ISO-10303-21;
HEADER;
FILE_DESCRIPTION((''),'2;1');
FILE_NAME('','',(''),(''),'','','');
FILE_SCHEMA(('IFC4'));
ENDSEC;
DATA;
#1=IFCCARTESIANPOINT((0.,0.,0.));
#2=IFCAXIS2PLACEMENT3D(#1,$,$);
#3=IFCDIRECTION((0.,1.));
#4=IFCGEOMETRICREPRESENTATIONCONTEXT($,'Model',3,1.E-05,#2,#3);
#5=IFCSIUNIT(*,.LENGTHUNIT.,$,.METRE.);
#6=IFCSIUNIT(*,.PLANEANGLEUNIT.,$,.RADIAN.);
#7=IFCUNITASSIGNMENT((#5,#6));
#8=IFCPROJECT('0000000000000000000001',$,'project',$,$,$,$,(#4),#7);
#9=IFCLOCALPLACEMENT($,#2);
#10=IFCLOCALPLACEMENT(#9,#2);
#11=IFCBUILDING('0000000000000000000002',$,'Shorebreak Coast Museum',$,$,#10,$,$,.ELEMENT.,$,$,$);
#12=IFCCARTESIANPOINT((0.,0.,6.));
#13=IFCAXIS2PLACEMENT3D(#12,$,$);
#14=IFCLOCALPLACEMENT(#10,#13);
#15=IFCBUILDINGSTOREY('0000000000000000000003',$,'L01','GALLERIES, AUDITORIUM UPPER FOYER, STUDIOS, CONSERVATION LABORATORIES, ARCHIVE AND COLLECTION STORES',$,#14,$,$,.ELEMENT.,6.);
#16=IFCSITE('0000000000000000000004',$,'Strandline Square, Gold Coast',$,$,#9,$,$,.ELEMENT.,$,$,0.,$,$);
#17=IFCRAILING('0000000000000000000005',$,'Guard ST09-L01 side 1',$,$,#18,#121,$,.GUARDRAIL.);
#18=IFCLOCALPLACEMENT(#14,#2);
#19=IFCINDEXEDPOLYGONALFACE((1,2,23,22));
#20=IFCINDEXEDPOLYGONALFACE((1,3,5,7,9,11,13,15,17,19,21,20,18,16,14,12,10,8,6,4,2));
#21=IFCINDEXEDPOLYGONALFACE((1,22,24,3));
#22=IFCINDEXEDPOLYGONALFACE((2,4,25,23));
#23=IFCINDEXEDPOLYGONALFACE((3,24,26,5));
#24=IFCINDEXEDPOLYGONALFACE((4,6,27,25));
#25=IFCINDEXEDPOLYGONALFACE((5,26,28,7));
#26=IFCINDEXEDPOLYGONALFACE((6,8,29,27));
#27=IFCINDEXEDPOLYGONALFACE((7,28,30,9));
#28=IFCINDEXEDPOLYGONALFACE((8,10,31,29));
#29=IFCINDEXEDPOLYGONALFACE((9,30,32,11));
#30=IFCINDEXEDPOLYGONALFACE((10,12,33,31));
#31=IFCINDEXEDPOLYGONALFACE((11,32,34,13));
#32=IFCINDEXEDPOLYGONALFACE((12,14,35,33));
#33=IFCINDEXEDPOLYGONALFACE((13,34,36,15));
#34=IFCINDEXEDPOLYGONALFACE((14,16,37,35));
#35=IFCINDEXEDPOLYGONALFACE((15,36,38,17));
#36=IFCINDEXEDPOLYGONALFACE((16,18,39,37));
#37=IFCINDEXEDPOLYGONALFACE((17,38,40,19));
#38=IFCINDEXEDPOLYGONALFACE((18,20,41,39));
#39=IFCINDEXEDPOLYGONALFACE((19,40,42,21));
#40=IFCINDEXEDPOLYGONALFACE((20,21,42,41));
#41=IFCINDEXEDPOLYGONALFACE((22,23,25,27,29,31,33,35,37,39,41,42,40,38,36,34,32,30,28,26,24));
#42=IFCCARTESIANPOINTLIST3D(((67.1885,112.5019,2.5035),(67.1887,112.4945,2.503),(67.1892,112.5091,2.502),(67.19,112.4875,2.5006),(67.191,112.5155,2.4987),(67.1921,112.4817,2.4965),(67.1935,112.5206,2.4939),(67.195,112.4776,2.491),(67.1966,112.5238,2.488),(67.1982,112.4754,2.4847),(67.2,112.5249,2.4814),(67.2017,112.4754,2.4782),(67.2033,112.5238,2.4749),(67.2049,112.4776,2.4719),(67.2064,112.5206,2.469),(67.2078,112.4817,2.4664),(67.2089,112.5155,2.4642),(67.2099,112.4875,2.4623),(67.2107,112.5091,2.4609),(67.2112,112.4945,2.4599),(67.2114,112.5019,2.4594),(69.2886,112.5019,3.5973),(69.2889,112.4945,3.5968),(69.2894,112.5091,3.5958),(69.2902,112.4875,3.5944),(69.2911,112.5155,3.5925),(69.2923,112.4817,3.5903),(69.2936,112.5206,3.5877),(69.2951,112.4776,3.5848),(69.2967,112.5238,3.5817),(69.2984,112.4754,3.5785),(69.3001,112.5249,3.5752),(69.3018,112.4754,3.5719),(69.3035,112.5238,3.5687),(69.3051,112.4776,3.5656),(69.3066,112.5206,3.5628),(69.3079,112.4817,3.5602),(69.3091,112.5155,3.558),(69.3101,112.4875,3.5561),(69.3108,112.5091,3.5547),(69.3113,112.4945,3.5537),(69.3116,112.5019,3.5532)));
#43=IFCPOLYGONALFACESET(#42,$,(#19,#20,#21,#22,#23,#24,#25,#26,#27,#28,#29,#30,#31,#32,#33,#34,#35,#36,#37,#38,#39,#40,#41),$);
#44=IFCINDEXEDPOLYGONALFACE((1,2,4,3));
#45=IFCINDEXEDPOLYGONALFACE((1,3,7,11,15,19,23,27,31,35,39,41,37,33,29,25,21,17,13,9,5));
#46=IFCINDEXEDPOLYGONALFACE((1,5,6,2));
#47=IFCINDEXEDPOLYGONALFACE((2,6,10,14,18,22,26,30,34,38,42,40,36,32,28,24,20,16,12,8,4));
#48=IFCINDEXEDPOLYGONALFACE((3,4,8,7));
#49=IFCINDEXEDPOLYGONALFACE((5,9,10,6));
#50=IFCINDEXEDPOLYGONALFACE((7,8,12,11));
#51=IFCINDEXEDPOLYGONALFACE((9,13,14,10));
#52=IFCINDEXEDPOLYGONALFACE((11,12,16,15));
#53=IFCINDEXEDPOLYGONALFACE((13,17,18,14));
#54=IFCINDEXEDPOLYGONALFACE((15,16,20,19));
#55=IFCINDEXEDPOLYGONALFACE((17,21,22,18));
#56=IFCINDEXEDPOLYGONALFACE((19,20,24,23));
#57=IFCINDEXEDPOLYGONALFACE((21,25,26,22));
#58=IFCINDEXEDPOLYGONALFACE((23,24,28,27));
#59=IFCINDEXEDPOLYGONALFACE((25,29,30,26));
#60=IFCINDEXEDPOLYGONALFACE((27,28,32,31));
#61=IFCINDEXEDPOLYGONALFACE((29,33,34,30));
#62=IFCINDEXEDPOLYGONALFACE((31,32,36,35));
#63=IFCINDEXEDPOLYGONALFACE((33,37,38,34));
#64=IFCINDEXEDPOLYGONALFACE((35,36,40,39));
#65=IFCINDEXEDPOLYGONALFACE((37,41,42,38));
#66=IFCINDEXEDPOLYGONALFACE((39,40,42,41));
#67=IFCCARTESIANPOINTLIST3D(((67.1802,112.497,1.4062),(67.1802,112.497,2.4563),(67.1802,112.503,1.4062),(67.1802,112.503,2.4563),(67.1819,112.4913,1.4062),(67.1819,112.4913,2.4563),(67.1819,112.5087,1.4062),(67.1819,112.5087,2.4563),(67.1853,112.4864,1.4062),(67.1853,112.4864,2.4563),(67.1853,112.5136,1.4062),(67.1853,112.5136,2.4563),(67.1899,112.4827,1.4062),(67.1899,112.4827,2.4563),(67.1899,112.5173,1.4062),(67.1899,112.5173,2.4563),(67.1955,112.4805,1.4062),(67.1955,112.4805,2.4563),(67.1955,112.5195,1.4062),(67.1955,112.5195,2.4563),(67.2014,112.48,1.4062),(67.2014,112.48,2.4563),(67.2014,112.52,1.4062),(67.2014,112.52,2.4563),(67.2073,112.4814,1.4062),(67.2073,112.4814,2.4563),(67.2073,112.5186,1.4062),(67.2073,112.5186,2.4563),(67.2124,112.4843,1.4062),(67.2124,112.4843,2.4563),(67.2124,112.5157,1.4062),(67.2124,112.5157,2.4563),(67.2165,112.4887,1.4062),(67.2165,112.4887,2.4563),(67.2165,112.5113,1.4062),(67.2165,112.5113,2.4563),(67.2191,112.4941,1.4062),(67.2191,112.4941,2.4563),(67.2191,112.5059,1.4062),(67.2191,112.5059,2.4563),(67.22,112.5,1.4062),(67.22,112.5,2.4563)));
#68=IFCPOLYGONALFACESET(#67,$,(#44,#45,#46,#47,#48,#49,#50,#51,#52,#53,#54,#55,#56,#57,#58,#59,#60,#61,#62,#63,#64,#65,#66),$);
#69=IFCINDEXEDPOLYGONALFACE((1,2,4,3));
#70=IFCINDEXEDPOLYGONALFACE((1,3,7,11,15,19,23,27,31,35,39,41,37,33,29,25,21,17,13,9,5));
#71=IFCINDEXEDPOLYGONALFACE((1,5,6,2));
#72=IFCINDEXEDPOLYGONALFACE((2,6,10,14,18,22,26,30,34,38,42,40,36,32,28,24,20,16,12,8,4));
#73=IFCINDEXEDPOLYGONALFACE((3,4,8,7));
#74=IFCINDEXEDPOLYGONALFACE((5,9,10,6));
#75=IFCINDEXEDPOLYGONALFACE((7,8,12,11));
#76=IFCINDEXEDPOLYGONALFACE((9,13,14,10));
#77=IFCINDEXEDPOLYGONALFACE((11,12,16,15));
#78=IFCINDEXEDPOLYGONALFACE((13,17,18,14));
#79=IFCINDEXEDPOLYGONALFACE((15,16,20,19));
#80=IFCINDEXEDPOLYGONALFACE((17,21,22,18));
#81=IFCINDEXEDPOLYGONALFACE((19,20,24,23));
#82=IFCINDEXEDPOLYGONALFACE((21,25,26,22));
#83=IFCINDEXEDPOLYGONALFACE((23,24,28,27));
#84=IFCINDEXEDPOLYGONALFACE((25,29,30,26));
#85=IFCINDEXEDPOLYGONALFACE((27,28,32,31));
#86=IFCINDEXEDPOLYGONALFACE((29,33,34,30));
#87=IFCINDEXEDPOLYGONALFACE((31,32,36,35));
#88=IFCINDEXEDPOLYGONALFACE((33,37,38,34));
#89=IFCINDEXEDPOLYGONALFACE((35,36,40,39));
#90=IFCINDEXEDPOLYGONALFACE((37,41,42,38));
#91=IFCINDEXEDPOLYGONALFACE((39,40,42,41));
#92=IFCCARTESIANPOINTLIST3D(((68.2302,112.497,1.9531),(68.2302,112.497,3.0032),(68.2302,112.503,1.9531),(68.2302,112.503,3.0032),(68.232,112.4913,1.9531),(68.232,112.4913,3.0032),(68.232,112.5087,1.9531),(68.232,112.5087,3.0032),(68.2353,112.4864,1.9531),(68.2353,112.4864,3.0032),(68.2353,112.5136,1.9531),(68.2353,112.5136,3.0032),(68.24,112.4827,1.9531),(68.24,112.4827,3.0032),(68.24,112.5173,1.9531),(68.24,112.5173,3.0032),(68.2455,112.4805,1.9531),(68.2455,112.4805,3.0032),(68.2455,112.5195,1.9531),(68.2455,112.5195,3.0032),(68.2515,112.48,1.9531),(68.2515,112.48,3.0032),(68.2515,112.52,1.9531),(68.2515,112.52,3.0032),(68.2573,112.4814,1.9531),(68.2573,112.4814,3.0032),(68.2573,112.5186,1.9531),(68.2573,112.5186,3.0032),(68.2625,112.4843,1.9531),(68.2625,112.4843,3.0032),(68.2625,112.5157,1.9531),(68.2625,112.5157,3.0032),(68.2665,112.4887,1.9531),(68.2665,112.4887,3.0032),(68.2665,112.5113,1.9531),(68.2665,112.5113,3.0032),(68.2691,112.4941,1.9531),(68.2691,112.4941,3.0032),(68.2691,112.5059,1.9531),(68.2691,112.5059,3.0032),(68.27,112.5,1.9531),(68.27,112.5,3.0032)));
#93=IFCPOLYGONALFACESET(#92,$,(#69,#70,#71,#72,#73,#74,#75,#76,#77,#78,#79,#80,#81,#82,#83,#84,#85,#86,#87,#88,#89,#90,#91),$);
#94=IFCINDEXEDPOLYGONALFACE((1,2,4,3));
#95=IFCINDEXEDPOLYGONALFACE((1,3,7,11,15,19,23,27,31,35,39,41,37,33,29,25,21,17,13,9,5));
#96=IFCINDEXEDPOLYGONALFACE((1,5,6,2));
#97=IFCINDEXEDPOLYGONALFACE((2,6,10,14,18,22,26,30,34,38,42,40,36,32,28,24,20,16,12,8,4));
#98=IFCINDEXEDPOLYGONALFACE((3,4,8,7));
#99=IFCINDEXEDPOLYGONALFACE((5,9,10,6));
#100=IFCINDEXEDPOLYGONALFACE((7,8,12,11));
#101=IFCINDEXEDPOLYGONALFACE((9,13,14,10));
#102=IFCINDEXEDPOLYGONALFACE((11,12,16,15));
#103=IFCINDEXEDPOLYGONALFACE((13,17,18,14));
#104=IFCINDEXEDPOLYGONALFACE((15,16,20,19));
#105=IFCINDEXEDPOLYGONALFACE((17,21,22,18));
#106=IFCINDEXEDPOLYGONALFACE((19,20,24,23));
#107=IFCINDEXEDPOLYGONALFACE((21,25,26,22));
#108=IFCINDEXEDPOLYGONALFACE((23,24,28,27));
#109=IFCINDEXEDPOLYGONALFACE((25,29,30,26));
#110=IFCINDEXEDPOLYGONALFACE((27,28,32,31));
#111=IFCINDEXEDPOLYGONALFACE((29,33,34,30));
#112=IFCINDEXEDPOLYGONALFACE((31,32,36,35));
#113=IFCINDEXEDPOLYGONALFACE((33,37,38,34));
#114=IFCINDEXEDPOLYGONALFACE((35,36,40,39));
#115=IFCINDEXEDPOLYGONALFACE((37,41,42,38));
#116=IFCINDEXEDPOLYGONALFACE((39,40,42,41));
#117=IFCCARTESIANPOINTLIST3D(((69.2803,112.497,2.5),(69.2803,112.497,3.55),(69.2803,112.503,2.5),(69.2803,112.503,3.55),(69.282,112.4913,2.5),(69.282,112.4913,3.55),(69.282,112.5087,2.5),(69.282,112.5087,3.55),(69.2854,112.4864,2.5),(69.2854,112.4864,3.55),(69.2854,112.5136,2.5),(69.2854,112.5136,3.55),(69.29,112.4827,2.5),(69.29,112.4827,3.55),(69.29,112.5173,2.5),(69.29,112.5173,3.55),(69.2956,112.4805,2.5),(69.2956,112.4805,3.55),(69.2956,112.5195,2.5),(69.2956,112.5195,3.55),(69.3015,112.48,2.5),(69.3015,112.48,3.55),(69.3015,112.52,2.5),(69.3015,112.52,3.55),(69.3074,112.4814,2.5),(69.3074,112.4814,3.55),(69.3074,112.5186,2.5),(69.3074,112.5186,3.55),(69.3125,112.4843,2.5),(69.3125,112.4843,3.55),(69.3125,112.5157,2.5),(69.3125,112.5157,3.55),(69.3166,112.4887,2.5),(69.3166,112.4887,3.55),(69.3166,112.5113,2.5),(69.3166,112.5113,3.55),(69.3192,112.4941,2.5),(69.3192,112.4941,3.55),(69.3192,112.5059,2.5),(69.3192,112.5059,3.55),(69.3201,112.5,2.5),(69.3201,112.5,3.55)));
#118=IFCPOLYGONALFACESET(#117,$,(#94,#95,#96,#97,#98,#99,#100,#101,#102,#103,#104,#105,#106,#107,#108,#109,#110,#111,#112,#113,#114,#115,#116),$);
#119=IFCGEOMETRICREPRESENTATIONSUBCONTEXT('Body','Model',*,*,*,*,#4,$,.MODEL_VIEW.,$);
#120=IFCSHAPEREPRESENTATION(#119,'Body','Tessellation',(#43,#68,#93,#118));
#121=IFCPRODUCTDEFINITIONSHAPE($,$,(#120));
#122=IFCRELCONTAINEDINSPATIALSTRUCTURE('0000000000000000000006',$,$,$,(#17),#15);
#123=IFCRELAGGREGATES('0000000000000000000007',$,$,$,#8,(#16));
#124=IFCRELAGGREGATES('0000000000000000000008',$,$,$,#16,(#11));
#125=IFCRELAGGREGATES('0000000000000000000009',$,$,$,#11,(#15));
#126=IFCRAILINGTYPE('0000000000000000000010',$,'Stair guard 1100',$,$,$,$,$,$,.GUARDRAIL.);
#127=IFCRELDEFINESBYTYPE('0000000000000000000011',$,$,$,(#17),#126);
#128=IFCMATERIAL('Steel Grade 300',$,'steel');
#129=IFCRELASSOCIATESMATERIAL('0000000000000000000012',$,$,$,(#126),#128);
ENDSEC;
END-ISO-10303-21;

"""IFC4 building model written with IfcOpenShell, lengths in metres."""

from ifc_helpers import new_model, si_unit, direction, frame, origin, origin_2d, place, context, subcontext, project, spatial, circle, extrude, material, type_object, element, save


model = new_model("IFC4")

# Units and contexts
model_context = context("Model", 3, precision=1e-05, world=origin(), true_north=direction((0.0, 1.0)))
body_context = subcontext(model_context, "Body", "Model", "MODEL_VIEW")
ifc_project = project(units=[si_unit("LENGTHUNIT", "METRE"), si_unit("PLANEANGLEUNIT", "RADIAN")], contexts=[model_context])

# Site, building, storey
site_placement = place(None, origin())
site = spatial("IfcSite", under=ifc_project, at=site_placement, Name="Strandline Square, Gold Coast", CompositionType="ELEMENT", RefElevation=0.0)
building_placement = place(site_placement, origin())
building = spatial("IfcBuilding", under=site, at=building_placement, Name="Shorebreak Coast Museum", CompositionType="ELEMENT")
storey_placement = place(building_placement, frame((0.0, 0.0, 6.0)))
storey = spatial("IfcBuildingStorey", under=building, at=storey_placement, Name="L01", Description="GALLERIES, AUDITORIUM UPPER FOYER, STUDIOS, CONSERVATION LABORATORIES, ARCHIVE AND COLLECTION STORES", CompositionType="ELEMENT", Elevation=6.0)

# Railing
ifc_material_1 = material(Name="Steel Grade 300", Category="steel")
railing_type_1 = type_object("IfcRailingType", Name="Stair guard 1100", PredefinedType="GUARDRAIL", material=ifc_material_1)
for number, where, name in (
    (1, (67.2, 112.5, 1.4062), "Guard ST09-L01 side 1"),
):
    element("IfcRailing", number, at=place(storey_placement, frame(where)), inside=storey, type_object=railing_type_1, Name=name, PredefinedType="GUARDRAIL", context=body_context, shape_type="SweptSolid", body=[
        extrude(circle(Radius=0.0249, at=origin_2d()), frame((0.0, 0.0, 1.0752), z_axis=(0.886923, 0.0, 0.461918), x_axis=(0.0, 1.0, 0.0)), (0.0, 0.0, 1.0), 2.3679),
        extrude(circle(Radius=0.02, at=origin_2d()), origin(), (0.0, 0.0, 1.0), 1.05),
        extrude(circle(Radius=0.02, at=origin_2d()), frame((1.05, 0.0, 0.5469)), (0.0, 0.0, 1.0), 1.05),
        extrude(circle(Radius=0.02, at=origin_2d()), frame((2.1001, 0.0, 1.0938)), (0.0, 0.0, 1.0), 1.05),
    ])

save(model, "model.ifc")
